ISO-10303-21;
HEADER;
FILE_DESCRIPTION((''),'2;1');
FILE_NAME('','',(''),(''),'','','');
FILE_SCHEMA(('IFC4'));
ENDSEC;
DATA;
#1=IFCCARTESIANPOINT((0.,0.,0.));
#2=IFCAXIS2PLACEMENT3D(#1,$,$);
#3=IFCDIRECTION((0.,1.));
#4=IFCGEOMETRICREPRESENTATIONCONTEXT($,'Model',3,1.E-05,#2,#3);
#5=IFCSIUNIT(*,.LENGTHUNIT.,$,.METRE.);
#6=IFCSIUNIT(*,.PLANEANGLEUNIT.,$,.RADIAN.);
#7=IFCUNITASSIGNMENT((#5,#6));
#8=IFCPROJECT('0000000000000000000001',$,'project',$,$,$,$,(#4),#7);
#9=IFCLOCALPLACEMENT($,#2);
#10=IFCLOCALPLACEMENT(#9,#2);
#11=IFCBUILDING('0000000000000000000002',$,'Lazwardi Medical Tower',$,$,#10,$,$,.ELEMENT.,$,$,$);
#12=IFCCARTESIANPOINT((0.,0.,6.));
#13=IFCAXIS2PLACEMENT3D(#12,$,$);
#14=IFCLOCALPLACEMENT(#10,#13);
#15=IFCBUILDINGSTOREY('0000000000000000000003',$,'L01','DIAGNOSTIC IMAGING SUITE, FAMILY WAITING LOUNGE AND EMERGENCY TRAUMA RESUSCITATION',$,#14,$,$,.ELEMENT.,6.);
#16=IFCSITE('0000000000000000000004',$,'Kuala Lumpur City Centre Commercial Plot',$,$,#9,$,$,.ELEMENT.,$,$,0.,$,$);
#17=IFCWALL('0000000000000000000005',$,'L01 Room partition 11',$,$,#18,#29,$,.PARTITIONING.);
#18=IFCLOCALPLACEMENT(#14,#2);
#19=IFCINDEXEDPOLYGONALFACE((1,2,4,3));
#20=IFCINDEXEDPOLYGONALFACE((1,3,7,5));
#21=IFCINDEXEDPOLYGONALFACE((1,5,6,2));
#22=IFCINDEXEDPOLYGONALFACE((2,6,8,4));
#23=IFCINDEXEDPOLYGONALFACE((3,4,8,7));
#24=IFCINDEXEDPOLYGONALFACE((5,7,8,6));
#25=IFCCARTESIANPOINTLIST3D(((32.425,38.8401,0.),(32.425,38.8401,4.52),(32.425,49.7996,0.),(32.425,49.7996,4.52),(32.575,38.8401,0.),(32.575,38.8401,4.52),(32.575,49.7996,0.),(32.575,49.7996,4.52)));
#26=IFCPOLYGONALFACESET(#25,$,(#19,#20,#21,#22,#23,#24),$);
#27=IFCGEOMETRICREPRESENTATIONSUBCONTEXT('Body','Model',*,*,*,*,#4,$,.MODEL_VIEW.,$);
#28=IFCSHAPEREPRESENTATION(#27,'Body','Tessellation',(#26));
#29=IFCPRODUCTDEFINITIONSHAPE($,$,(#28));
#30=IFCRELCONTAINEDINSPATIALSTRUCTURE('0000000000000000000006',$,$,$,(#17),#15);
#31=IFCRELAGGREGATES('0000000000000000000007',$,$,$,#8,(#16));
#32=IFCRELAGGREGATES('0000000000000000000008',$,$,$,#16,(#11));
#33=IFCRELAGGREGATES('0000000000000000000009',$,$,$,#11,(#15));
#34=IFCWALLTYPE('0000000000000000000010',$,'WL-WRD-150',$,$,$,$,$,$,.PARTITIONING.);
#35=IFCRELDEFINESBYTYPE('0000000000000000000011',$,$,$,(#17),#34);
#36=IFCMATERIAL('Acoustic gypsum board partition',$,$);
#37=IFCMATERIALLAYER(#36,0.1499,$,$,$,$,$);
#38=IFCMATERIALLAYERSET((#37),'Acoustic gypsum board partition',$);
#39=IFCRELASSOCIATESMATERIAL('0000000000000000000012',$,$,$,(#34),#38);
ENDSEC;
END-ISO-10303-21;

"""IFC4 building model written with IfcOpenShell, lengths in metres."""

from ifc_helpers import new_model, si_unit, direction, frame, frame_2d, origin, place, context, subcontext, project, spatial, rectangle, extrude, material, layer, layer_set, type_object, element, save


model = new_model("IFC4")

# Units and contexts
model_context = context("Model", 3, precision=1e-05, world=origin(), true_north=direction((0.0, 1.0)))
body_context = subcontext(model_context, "Body", "Model", "MODEL_VIEW")
ifc_project = project(units=[si_unit("LENGTHUNIT", "METRE"), si_unit("PLANEANGLEUNIT", "RADIAN")], contexts=[model_context])

# Site, building, storey
site_placement = place(None, origin())
site = spatial("IfcSite", under=ifc_project, at=site_placement, Name="Kuala Lumpur City Centre Commercial Plot", CompositionType="ELEMENT", RefElevation=0.0)
building_placement = place(site_placement, origin())
building = spatial("IfcBuilding", under=site, at=building_placement, Name="Lazwardi Medical Tower", CompositionType="ELEMENT")
storey_placement = place(building_placement, frame((0.0, 0.0, 6.0)))
storey = spatial("IfcBuildingStorey", under=building, at=storey_placement, Name="L01", Description="DIAGNOSTIC IMAGING SUITE, FAMILY WAITING LOUNGE AND EMERGENCY TRAUMA RESUSCITATION", CompositionType="ELEMENT", Elevation=6.0)

# Wall
ifc_material_1 = material(Name="Acoustic gypsum board partition")
ifc_layer_1 = layer(ifc_material_1, 0.1499)
ifc_layer_set_1 = layer_set([ifc_layer_1], Name="Acoustic gypsum board partition")
wall_type_1 = type_object("IfcWallType", Name="WL-WRD-150", PredefinedType="PARTITIONING", material=ifc_layer_set_1)
wall_1_placement = place(storey_placement, frame((32.5, 38.8401, 0.0), z_axis=(0.0, 0.0, 1.0), x_axis=(0.0, 1.0, 0.0)))
element("IfcWall", 1, at=wall_1_placement, inside=storey, type_object=wall_type_1, Name="L01 Room partition 11", PredefinedType="PARTITIONING", context=body_context, shape_type="SweptSolid", body=[
    extrude(rectangle(XDim=10.9595, YDim=0.1499, at=frame_2d((5.4797, 0.0))), origin(), (0.0, 0.0, 1.0), 4.52),
])

save(model, "model.ifc")
